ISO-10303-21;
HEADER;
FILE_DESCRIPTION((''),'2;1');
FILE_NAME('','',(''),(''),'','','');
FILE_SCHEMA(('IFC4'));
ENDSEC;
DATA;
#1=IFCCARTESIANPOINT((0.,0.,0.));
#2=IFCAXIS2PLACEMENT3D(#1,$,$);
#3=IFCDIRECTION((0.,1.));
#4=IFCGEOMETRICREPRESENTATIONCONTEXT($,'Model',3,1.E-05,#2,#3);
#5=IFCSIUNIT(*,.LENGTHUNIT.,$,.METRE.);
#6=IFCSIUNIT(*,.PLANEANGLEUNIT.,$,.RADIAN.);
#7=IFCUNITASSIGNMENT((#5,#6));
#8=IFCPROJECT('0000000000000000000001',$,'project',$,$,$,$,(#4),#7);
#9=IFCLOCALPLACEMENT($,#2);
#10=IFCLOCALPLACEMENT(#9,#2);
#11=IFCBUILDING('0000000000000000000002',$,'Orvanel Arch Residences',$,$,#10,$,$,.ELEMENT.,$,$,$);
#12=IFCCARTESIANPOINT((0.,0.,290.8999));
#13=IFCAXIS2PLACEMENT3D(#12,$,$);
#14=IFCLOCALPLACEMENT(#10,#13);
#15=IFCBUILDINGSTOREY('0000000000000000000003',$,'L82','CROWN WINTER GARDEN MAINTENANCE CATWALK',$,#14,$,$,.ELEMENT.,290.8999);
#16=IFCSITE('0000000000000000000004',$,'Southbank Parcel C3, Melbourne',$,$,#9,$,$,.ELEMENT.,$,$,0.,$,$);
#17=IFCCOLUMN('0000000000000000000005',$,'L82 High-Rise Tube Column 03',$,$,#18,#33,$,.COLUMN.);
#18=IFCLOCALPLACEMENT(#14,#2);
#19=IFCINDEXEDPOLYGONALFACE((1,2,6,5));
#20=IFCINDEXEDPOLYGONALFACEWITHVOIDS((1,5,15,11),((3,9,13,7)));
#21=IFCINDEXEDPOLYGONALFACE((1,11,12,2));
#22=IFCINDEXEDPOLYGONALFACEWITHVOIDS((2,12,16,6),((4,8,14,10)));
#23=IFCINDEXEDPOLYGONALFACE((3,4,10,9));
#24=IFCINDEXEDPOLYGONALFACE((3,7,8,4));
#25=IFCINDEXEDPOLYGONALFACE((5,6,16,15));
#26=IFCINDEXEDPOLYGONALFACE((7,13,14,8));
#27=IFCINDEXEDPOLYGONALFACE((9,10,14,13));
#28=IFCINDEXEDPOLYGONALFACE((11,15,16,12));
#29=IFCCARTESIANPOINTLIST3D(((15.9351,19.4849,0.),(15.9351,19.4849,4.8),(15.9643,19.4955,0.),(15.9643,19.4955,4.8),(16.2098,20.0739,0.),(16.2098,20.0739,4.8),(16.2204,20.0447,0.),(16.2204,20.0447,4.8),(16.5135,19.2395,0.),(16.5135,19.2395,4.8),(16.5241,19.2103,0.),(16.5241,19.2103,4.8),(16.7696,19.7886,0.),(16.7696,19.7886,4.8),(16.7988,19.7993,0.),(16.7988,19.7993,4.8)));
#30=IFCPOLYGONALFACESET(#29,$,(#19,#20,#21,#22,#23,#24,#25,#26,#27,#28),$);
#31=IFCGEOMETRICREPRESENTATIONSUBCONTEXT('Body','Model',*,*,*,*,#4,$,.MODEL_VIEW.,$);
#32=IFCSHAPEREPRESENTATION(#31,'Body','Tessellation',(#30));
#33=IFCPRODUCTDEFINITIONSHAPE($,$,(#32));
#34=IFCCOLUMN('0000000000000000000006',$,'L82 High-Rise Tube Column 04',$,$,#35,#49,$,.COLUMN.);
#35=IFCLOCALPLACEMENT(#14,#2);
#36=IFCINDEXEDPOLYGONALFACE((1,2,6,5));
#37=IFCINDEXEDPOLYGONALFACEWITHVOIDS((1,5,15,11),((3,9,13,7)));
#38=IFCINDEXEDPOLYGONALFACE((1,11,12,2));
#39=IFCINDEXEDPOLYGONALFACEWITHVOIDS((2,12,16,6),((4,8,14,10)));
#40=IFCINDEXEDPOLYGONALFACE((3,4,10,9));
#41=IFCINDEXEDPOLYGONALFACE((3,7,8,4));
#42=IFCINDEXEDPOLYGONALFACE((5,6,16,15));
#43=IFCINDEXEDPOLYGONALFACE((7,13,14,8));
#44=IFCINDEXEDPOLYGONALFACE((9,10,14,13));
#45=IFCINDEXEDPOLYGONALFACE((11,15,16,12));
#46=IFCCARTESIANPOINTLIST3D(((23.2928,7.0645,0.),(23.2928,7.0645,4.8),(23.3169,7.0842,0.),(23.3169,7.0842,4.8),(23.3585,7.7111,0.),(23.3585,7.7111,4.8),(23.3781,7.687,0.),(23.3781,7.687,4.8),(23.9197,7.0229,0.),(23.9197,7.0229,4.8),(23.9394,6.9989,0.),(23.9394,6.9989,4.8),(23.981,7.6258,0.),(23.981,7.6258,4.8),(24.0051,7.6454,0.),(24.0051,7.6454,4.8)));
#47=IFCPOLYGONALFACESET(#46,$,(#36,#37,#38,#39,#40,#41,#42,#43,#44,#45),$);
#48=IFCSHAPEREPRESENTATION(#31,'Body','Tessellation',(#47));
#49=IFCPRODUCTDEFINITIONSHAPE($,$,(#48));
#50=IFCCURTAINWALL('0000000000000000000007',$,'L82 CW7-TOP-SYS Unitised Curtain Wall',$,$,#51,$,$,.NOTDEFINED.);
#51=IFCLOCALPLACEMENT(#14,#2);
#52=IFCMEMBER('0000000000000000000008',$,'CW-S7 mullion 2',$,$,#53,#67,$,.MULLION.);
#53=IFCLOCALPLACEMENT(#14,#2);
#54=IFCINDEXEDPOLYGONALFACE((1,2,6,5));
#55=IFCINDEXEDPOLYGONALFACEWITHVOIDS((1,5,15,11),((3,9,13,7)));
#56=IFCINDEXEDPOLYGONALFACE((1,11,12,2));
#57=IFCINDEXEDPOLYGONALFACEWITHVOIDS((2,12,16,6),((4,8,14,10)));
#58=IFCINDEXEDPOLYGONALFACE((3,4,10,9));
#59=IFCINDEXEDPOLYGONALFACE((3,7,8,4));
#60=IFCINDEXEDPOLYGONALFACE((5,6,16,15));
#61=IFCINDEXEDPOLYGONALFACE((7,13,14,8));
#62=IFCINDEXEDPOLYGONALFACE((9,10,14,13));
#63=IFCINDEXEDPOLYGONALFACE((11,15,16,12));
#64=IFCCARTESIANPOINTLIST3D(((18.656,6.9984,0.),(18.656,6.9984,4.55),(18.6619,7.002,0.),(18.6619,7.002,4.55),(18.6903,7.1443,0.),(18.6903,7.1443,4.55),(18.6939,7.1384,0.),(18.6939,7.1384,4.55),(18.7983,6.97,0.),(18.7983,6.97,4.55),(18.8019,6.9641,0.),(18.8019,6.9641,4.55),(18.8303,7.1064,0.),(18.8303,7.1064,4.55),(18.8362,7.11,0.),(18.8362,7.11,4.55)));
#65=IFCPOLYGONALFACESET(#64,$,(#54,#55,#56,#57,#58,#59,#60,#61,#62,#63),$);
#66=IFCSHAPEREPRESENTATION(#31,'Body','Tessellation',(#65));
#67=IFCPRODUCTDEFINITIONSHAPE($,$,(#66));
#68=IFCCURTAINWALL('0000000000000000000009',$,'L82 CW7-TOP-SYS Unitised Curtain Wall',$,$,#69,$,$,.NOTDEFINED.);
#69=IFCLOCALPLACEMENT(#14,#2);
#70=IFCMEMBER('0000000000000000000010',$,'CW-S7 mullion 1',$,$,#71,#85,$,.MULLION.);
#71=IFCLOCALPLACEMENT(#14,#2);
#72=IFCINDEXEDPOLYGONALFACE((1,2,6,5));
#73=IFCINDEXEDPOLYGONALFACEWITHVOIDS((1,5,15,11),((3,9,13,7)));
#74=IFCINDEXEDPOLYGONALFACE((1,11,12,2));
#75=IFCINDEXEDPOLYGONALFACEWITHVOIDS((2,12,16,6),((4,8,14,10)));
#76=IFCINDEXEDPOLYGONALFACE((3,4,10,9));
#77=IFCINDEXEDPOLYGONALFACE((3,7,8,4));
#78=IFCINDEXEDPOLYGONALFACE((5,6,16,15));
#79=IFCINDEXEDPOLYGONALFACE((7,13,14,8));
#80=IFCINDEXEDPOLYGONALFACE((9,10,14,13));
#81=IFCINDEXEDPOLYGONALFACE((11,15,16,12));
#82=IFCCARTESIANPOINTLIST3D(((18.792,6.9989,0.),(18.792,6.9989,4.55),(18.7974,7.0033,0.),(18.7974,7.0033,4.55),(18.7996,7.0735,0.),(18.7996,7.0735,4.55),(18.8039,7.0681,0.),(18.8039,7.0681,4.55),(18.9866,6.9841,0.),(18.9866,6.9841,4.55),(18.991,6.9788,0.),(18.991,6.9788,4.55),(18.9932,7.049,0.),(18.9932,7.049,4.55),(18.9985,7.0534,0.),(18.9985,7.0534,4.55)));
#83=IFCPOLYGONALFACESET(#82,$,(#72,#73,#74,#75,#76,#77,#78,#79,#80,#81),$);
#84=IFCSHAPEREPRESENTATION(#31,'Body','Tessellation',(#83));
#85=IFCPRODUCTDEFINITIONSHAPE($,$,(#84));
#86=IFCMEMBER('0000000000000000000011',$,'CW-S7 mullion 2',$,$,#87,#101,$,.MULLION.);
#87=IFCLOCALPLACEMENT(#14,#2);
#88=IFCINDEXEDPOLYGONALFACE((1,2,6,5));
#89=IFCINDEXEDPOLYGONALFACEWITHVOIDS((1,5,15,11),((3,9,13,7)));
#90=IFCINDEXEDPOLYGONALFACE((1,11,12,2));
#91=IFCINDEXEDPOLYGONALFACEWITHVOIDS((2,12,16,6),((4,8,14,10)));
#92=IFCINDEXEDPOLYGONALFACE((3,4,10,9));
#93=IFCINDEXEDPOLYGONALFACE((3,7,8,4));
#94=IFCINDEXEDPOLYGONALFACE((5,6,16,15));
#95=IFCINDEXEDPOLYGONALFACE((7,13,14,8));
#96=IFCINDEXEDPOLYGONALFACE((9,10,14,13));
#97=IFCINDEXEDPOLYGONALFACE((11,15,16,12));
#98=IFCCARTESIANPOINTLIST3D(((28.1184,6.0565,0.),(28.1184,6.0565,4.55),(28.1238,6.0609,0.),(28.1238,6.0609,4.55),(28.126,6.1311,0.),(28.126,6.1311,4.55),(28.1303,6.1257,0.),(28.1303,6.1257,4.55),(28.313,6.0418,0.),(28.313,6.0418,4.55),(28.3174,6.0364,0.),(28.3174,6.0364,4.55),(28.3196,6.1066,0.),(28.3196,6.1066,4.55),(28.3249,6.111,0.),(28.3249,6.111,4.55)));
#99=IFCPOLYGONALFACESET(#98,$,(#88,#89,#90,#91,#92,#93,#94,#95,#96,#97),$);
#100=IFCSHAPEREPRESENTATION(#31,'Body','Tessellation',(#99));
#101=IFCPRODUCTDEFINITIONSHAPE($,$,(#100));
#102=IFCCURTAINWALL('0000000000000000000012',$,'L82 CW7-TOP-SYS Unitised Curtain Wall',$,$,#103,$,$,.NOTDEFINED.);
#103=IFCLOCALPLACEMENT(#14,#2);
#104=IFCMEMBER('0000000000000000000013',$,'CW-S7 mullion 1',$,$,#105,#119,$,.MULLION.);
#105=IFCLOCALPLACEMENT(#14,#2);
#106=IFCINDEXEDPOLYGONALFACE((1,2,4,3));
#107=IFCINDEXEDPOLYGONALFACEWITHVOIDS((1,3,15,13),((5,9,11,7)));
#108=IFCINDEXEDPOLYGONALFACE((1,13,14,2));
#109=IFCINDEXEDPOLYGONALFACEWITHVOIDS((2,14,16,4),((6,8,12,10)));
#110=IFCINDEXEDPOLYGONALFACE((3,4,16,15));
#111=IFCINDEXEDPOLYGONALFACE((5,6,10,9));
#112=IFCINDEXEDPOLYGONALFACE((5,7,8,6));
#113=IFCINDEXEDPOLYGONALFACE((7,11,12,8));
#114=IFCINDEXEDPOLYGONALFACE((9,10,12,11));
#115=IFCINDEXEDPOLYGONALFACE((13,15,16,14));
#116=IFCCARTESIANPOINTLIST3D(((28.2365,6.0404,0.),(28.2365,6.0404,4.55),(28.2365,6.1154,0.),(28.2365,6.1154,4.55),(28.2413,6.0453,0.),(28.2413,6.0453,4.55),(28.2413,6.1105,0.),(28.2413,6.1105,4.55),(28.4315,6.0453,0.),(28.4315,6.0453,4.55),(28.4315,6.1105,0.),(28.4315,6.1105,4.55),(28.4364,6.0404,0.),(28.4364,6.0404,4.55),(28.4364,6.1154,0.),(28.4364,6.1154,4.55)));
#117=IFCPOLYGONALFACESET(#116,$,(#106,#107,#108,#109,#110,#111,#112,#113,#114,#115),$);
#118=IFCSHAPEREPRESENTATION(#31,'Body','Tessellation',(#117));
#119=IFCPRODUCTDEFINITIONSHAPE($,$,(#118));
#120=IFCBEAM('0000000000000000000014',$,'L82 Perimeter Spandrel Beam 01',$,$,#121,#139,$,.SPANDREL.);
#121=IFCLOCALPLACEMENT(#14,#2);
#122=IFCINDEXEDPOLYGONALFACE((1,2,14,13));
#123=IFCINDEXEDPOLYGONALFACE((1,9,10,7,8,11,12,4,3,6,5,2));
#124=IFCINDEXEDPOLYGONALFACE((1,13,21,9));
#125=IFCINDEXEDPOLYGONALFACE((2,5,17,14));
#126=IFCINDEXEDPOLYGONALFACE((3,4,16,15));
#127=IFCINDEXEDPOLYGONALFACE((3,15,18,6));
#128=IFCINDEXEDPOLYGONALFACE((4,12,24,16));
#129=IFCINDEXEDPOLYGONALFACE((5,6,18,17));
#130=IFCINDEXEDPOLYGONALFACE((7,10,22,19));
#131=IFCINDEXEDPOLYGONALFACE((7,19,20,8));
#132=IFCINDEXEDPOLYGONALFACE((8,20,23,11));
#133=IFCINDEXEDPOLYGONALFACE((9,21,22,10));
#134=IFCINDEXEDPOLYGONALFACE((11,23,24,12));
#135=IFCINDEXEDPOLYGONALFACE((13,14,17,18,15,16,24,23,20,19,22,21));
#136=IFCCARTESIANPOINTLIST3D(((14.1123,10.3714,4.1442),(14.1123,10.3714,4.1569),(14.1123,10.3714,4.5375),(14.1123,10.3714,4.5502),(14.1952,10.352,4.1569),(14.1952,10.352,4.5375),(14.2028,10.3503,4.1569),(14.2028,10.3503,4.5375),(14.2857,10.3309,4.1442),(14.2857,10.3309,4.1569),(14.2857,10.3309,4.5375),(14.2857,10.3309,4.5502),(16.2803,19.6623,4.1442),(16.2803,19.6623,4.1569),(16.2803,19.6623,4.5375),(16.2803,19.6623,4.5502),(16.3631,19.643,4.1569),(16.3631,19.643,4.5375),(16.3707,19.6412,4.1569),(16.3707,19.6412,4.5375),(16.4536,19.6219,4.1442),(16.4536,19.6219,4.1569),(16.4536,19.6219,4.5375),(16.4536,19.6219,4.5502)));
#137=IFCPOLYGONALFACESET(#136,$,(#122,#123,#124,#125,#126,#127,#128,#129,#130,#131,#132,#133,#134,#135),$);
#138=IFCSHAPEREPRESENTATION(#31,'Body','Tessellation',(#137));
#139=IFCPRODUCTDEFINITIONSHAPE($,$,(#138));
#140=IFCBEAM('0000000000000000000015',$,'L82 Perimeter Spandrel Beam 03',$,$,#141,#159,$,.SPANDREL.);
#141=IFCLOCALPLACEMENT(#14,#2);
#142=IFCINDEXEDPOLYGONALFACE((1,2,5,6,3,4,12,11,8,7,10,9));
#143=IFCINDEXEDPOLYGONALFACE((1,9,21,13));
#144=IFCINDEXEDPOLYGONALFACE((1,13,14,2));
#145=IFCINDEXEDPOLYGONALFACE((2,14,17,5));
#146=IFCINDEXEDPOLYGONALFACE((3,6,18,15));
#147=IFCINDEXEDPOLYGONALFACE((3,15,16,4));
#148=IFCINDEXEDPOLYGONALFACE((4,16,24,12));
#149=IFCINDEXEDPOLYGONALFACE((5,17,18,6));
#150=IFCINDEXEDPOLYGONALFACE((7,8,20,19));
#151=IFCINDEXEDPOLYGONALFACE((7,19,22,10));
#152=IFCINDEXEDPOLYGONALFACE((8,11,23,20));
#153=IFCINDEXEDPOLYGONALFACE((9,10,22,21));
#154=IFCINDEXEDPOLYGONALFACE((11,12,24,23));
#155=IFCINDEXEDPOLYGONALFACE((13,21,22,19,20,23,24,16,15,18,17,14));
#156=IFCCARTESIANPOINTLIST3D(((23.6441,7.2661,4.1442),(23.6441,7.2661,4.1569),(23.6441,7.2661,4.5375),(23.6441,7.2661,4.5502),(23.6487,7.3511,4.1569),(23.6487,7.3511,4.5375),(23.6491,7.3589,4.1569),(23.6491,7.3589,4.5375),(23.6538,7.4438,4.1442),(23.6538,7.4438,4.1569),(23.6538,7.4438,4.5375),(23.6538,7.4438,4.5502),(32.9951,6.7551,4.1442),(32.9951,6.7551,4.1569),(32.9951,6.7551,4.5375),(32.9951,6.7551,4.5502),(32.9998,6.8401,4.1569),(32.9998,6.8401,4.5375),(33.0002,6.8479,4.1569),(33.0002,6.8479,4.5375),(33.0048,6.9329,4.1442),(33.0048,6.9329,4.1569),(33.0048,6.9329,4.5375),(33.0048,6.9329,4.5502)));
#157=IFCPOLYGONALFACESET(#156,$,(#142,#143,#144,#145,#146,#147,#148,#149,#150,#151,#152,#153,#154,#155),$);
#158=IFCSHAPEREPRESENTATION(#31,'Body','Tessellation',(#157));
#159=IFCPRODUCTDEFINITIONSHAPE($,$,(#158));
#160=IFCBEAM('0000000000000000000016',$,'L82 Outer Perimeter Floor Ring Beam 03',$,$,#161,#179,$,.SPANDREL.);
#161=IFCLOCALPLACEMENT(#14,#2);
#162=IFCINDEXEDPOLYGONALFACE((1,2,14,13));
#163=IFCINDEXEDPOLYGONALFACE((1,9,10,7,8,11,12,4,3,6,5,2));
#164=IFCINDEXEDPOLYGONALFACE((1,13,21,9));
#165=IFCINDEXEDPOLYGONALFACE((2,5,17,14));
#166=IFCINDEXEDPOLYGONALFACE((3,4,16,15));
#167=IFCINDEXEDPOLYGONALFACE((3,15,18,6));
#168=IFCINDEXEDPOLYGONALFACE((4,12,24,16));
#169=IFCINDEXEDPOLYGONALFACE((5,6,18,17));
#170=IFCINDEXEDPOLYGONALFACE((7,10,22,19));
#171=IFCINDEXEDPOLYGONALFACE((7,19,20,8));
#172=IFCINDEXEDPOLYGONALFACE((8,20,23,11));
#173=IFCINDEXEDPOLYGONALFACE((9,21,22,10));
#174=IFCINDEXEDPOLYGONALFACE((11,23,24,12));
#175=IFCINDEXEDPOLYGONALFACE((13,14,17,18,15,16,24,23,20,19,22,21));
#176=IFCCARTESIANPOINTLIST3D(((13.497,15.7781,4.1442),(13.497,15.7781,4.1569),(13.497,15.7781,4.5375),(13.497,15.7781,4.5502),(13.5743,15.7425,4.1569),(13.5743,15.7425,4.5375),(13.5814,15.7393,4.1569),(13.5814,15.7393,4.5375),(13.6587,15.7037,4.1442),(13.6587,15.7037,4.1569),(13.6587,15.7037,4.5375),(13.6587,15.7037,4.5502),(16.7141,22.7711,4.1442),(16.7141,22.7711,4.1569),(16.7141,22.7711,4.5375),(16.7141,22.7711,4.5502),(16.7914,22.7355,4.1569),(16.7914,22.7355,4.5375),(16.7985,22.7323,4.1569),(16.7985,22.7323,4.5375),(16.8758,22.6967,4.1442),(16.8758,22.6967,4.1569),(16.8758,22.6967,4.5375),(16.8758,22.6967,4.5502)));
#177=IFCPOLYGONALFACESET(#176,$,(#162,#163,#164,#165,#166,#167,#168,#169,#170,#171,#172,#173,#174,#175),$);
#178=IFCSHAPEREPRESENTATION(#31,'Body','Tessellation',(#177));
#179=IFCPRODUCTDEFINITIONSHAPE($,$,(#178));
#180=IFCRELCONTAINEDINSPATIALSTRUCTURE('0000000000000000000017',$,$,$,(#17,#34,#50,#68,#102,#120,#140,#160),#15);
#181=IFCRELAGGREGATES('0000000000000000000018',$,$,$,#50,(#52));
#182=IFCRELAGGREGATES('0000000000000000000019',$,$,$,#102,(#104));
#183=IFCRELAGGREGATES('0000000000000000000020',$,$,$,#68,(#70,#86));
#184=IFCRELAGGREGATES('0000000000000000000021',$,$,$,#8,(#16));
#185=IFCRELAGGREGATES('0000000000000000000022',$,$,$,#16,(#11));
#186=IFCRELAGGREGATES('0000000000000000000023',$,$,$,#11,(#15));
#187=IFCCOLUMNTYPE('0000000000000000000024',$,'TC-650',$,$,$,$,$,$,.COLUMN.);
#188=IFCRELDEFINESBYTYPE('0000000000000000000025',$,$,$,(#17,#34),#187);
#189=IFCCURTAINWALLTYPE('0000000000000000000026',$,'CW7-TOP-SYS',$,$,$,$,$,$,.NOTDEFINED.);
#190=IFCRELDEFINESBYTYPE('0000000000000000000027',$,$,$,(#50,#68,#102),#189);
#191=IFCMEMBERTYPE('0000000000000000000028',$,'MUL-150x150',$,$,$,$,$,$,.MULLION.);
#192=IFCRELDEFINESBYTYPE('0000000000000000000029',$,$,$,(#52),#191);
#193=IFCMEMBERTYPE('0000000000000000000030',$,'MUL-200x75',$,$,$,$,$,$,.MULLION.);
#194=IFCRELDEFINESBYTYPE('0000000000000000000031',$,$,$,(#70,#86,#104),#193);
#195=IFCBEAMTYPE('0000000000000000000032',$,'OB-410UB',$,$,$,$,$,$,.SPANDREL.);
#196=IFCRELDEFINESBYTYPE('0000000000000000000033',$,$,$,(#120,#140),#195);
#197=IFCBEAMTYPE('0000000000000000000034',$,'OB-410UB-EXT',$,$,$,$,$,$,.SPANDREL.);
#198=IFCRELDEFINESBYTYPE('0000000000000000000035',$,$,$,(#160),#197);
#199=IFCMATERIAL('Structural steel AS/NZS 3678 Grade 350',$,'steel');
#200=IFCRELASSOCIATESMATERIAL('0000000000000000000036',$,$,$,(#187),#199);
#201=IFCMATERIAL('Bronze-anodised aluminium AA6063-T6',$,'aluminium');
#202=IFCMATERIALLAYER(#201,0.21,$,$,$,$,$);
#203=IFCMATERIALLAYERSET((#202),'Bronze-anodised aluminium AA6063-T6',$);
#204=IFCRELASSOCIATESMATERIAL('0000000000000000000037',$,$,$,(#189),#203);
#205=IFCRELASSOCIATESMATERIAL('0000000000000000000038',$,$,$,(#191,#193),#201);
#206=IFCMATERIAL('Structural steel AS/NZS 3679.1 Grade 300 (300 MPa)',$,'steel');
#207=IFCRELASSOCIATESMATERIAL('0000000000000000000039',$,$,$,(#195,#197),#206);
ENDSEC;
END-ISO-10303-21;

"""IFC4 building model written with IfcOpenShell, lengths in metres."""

from ifc_helpers import new_model, si_unit, direction, frame, origin, origin_2d, place, context, subcontext, project, spatial, hollow_rectangle, i_section, extrude, material, layer, layer_set, material_profile, profile_set, type_object, element, aggregate, save


model = new_model("IFC4")

# Units and contexts
model_context = context("Model", 3, precision=1e-05, world=origin(), true_north=direction((0.0, 1.0)))
body_context = subcontext(model_context, "Body", "Model", "MODEL_VIEW")
ifc_project = project(units=[si_unit("LENGTHUNIT", "METRE"), si_unit("PLANEANGLEUNIT", "RADIAN")], contexts=[model_context])

# Site, building, storey
site_placement = place(None, origin())
site = spatial("IfcSite", under=ifc_project, at=site_placement, Name="Southbank Parcel C3, Melbourne", CompositionType="ELEMENT", RefElevation=0.0)
building_placement = place(site_placement, origin())
building = spatial("IfcBuilding", under=site, at=building_placement, Name="Orvanel Arch Residences", CompositionType="ELEMENT")
storey_placement = place(building_placement, frame((0.0, 0.0, 290.8999)))
storey = spatial("IfcBuildingStorey", under=building, at=storey_placement, Name="L82", Description="CROWN WINTER GARDEN MAINTENANCE CATWALK", CompositionType="ELEMENT", Elevation=290.8999)

# Columns
ifc_material_1 = material(Name="Structural steel AS/NZS 3678 Grade 350", Category="steel")
ifc_material_profile_1 = material_profile(ifc_material_1, hollow_rectangle(XDim=0.6499, YDim=0.6499, WallThickness=0.022, at=origin_2d()), Name="BOX650x650x22")
ifc_profile_set_1 = profile_set([ifc_material_profile_1], Name="Structural steel AS/NZS 3678 Grade 350")
column_type = type_object("IfcColumnType", Name="TC-650", PredefinedType="COLUMN", material=ifc_profile_set_1)
for number, where, z_axis, x_axis, name in (
    (1, (16.3669, 19.6421, 0.0), (0.0, 0.0, 1.0), (0.422618, 0.906308, 0.0), "L82 High-Rise Tube Column 03"),
    (2, (23.6489, 7.355, 0.0), (0.0, 0.0, 1.0), (-0.994881, 0.101056, 0.0), "L82 High-Rise Tube Column 04"),
):
    element("IfcColumn", number, at=place(storey_placement, frame(where, z_axis=z_axis, x_axis=x_axis)), inside=storey, type_object=column_type, Name=name, PredefinedType="COLUMN", context=body_context, shape_type="SweptSolid", body=[
        extrude(hollow_rectangle(XDim=0.6499, YDim=0.6499, WallThickness=0.022, at=origin_2d()), origin(), (0.0, 0.0, 1.0), 4.8),
    ])

# Curtain wall, member
ifc_material_2 = material(Name="Bronze-anodised aluminium AA6063-T6", Category="aluminium")
ifc_layer_1 = layer(ifc_material_2, 0.21)
ifc_layer_set_1 = layer_set([ifc_layer_1], Name="Bronze-anodised aluminium AA6063-T6")
curtain_wall_type = type_object("IfcCurtainWallType", Name="CW7-TOP-SYS", PredefinedType="NOTDEFINED", material=ifc_layer_set_1)
curtain_wall_1_placement = place(storey_placement, origin())
curtain_wall_1 = element("IfcCurtainWall", 3, at=curtain_wall_1_placement, inside=storey, type_object=curtain_wall_type, Name="L82 CW7-TOP-SYS Unitised Curtain Wall", PredefinedType="NOTDEFINED")
ifc_material_profile_2 = material_profile(ifc_material_2, hollow_rectangle(XDim=0.1499, YDim=0.1499, WallThickness=0.0049, at=origin_2d()), Name="ALU150x150x5")
ifc_profile_set_2 = profile_set([ifc_material_profile_2], Name="Bronze-anodised aluminium AA6063-T6")
member_type_1 = type_object("IfcMemberType", Name="MUL-150x150", PredefinedType="MULLION", material=ifc_profile_set_2)
member_1_placement = place(storey_placement, frame((18.7461, 7.0542, 0.0), z_axis=(0.0, 0.0, 1.0), x_axis=(0.228641, 0.973511, 0.0)))
member_1 = element("IfcMember", 4, at=member_1_placement, type_object=member_type_1, Name="CW-S7 mullion 2", PredefinedType="MULLION", context=body_context, shape_type="SweptSolid", body=[
    extrude(hollow_rectangle(XDim=0.1499, YDim=0.1499, WallThickness=0.0049, at=origin_2d()), origin(), (0.0, 0.0, 1.0), 4.55),
])
aggregate(curtain_wall_1, [member_1])

# Curtain wall, members
curtain_wall_2_placement = place(storey_placement, origin())
curtain_wall_2 = element("IfcCurtainWall", 5, at=curtain_wall_2_placement, inside=storey, type_object=curtain_wall_type, Name="L82 CW7-TOP-SYS Unitised Curtain Wall", PredefinedType="NOTDEFINED")
ifc_material_profile_3 = material_profile(ifc_material_2, hollow_rectangle(XDim=0.075, YDim=0.2, WallThickness=0.0049, at=origin_2d()), Name="ALU200x75x5")
ifc_profile_set_3 = profile_set([ifc_material_profile_3], Name="Bronze-anodised aluminium AA6063-T6")
member_type_2 = type_object("IfcMemberType", Name="MUL-200x75", PredefinedType="MULLION", material=ifc_profile_set_3)
member_2_placement = place(storey_placement, frame((18.8953, 7.0261, 0.0), z_axis=(0.0, 0.0, 1.0), x_axis=(0.100541, 0.994933, 0.0)))
member_2 = element("IfcMember", 6, at=member_2_placement, type_object=member_type_2, Name="CW-S7 mullion 1", PredefinedType="MULLION", context=body_context, shape_type="SweptSolid", body=[
    extrude(hollow_rectangle(XDim=0.075, YDim=0.2, WallThickness=0.0049, at=origin_2d()), origin(), (0.0, 0.0, 1.0), 4.55),
])
member_3_placement = place(storey_placement, frame((28.2217, 6.0837, 0.0), z_axis=(0.0, 0.0, 1.0), x_axis=(0.100541, 0.994933, 0.0)))
member_3 = element("IfcMember", 7, at=member_3_placement, type_object=member_type_2, Name="CW-S7 mullion 2", PredefinedType="MULLION", context=body_context, shape_type="SweptSolid", body=[
    extrude(hollow_rectangle(XDim=0.075, YDim=0.2, WallThickness=0.0049, at=origin_2d()), origin(), (0.0, 0.0, 1.0), 4.55),
])

# Curtain wall, member
curtain_wall_3_placement = place(storey_placement, origin())
curtain_wall_3 = element("IfcCurtainWall", 8, at=curtain_wall_3_placement, inside=storey, type_object=curtain_wall_type, Name="L82 CW7-TOP-SYS Unitised Curtain Wall", PredefinedType="NOTDEFINED")
member_4_placement = place(storey_placement, frame((28.3364, 6.0779, 0.0), z_axis=(0.0, 0.0, 1.0), x_axis=(0.0, 1.0, 0.0)))
member_4 = element("IfcMember", 9, at=member_4_placement, type_object=member_type_2, Name="CW-S7 mullion 1", PredefinedType="MULLION", context=body_context, shape_type="SweptSolid", body=[
    extrude(hollow_rectangle(XDim=0.075, YDim=0.2, WallThickness=0.0049, at=origin_2d()), origin(), (0.0, 0.0, 1.0), 4.55),
])

# Beams
ifc_material_3 = material(Name="Structural steel AS/NZS 3679.1 Grade 300 (300 MPa)", Category="steel")
ifc_material_profile_4 = material_profile(ifc_material_3, i_section(OverallWidth=0.178, OverallDepth=0.406, WebThickness=0.0078, FlangeThickness=0.0127, at=origin_2d()), Name="410UB59.7")
ifc_profile_set_4 = profile_set([ifc_material_profile_4], Name="Structural steel AS/NZS 3679.1 Grade 300 (300 MPa)")
beam_type_1 = type_object("IfcBeamType", Name="OB-410UB", PredefinedType="SPANDREL", material=ifc_profile_set_4)
beam_1_placement = place(storey_placement, frame((16.3669, 19.6421, 4.3472), z_axis=(-0.227236, -0.97384, 0.0), x_axis=(0.97384, -0.227236, 0.0)))
element("IfcBeam", 10, at=beam_1_placement, inside=storey, type_object=beam_type_1, Name="L82 Perimeter Spandrel Beam 01", PredefinedType="SPANDREL", context=body_context, shape_type="SweptSolid", body=[
    extrude(i_section(OverallWidth=0.178, OverallDepth=0.406, WebThickness=0.0078, FlangeThickness=0.0127, at=origin_2d()), origin(), (0.0, 0.0, 1.0), 9.5405),
])
beam_2_placement = place(storey_placement, frame((23.6489, 7.355, 4.3472), z_axis=(0.99851, -0.054563, 0.0), x_axis=(0.054563, 0.99851, 0.0)))
element("IfcBeam", 11, at=beam_2_placement, inside=storey, type_object=beam_type_1, Name="L82 Perimeter Spandrel Beam 03", PredefinedType="SPANDREL", context=body_context, shape_type="SweptSolid", body=[
    extrude(i_section(OverallWidth=0.178, OverallDepth=0.406, WebThickness=0.0078, FlangeThickness=0.0127, at=origin_2d()), origin(), (0.0, 0.0, 1.0), 9.365),
])
ifc_material_profile_5 = material_profile(ifc_material_3, i_section(OverallWidth=0.178, OverallDepth=0.406, WebThickness=0.0078, FlangeThickness=0.0127, at=origin_2d()), Name="410UB59.7")
ifc_profile_set_5 = profile_set([ifc_material_profile_5], Name="Structural steel AS/NZS 3679.1 Grade 300 (300 MPa)")
beam_type_2 = type_object("IfcBeamType", Name="OB-410UB-EXT", PredefinedType="SPANDREL", material=ifc_profile_set_5)
beam_3_placement = place(storey_placement, frame((16.7949, 22.7339, 4.3472), z_axis=(-0.417938, -0.908476, 0.0), x_axis=(0.908476, -0.417938, 0.0)))
element("IfcBeam", 12, at=beam_3_placement, inside=storey, type_object=beam_type_2, Name="L82 Outer Perimeter Floor Ring Beam 03", PredefinedType="SPANDREL", context=body_context, shape_type="SweptSolid", body=[
    extrude(i_section(OverallWidth=0.178, OverallDepth=0.406, WebThickness=0.0078, FlangeThickness=0.0127, at=origin_2d()), origin(), (0.0, 0.0, 1.0), 7.6975),
])

aggregate(curtain_wall_3, [member_4])

aggregate(curtain_wall_2, [member_2, member_3])

save(model, "model.ifc")
